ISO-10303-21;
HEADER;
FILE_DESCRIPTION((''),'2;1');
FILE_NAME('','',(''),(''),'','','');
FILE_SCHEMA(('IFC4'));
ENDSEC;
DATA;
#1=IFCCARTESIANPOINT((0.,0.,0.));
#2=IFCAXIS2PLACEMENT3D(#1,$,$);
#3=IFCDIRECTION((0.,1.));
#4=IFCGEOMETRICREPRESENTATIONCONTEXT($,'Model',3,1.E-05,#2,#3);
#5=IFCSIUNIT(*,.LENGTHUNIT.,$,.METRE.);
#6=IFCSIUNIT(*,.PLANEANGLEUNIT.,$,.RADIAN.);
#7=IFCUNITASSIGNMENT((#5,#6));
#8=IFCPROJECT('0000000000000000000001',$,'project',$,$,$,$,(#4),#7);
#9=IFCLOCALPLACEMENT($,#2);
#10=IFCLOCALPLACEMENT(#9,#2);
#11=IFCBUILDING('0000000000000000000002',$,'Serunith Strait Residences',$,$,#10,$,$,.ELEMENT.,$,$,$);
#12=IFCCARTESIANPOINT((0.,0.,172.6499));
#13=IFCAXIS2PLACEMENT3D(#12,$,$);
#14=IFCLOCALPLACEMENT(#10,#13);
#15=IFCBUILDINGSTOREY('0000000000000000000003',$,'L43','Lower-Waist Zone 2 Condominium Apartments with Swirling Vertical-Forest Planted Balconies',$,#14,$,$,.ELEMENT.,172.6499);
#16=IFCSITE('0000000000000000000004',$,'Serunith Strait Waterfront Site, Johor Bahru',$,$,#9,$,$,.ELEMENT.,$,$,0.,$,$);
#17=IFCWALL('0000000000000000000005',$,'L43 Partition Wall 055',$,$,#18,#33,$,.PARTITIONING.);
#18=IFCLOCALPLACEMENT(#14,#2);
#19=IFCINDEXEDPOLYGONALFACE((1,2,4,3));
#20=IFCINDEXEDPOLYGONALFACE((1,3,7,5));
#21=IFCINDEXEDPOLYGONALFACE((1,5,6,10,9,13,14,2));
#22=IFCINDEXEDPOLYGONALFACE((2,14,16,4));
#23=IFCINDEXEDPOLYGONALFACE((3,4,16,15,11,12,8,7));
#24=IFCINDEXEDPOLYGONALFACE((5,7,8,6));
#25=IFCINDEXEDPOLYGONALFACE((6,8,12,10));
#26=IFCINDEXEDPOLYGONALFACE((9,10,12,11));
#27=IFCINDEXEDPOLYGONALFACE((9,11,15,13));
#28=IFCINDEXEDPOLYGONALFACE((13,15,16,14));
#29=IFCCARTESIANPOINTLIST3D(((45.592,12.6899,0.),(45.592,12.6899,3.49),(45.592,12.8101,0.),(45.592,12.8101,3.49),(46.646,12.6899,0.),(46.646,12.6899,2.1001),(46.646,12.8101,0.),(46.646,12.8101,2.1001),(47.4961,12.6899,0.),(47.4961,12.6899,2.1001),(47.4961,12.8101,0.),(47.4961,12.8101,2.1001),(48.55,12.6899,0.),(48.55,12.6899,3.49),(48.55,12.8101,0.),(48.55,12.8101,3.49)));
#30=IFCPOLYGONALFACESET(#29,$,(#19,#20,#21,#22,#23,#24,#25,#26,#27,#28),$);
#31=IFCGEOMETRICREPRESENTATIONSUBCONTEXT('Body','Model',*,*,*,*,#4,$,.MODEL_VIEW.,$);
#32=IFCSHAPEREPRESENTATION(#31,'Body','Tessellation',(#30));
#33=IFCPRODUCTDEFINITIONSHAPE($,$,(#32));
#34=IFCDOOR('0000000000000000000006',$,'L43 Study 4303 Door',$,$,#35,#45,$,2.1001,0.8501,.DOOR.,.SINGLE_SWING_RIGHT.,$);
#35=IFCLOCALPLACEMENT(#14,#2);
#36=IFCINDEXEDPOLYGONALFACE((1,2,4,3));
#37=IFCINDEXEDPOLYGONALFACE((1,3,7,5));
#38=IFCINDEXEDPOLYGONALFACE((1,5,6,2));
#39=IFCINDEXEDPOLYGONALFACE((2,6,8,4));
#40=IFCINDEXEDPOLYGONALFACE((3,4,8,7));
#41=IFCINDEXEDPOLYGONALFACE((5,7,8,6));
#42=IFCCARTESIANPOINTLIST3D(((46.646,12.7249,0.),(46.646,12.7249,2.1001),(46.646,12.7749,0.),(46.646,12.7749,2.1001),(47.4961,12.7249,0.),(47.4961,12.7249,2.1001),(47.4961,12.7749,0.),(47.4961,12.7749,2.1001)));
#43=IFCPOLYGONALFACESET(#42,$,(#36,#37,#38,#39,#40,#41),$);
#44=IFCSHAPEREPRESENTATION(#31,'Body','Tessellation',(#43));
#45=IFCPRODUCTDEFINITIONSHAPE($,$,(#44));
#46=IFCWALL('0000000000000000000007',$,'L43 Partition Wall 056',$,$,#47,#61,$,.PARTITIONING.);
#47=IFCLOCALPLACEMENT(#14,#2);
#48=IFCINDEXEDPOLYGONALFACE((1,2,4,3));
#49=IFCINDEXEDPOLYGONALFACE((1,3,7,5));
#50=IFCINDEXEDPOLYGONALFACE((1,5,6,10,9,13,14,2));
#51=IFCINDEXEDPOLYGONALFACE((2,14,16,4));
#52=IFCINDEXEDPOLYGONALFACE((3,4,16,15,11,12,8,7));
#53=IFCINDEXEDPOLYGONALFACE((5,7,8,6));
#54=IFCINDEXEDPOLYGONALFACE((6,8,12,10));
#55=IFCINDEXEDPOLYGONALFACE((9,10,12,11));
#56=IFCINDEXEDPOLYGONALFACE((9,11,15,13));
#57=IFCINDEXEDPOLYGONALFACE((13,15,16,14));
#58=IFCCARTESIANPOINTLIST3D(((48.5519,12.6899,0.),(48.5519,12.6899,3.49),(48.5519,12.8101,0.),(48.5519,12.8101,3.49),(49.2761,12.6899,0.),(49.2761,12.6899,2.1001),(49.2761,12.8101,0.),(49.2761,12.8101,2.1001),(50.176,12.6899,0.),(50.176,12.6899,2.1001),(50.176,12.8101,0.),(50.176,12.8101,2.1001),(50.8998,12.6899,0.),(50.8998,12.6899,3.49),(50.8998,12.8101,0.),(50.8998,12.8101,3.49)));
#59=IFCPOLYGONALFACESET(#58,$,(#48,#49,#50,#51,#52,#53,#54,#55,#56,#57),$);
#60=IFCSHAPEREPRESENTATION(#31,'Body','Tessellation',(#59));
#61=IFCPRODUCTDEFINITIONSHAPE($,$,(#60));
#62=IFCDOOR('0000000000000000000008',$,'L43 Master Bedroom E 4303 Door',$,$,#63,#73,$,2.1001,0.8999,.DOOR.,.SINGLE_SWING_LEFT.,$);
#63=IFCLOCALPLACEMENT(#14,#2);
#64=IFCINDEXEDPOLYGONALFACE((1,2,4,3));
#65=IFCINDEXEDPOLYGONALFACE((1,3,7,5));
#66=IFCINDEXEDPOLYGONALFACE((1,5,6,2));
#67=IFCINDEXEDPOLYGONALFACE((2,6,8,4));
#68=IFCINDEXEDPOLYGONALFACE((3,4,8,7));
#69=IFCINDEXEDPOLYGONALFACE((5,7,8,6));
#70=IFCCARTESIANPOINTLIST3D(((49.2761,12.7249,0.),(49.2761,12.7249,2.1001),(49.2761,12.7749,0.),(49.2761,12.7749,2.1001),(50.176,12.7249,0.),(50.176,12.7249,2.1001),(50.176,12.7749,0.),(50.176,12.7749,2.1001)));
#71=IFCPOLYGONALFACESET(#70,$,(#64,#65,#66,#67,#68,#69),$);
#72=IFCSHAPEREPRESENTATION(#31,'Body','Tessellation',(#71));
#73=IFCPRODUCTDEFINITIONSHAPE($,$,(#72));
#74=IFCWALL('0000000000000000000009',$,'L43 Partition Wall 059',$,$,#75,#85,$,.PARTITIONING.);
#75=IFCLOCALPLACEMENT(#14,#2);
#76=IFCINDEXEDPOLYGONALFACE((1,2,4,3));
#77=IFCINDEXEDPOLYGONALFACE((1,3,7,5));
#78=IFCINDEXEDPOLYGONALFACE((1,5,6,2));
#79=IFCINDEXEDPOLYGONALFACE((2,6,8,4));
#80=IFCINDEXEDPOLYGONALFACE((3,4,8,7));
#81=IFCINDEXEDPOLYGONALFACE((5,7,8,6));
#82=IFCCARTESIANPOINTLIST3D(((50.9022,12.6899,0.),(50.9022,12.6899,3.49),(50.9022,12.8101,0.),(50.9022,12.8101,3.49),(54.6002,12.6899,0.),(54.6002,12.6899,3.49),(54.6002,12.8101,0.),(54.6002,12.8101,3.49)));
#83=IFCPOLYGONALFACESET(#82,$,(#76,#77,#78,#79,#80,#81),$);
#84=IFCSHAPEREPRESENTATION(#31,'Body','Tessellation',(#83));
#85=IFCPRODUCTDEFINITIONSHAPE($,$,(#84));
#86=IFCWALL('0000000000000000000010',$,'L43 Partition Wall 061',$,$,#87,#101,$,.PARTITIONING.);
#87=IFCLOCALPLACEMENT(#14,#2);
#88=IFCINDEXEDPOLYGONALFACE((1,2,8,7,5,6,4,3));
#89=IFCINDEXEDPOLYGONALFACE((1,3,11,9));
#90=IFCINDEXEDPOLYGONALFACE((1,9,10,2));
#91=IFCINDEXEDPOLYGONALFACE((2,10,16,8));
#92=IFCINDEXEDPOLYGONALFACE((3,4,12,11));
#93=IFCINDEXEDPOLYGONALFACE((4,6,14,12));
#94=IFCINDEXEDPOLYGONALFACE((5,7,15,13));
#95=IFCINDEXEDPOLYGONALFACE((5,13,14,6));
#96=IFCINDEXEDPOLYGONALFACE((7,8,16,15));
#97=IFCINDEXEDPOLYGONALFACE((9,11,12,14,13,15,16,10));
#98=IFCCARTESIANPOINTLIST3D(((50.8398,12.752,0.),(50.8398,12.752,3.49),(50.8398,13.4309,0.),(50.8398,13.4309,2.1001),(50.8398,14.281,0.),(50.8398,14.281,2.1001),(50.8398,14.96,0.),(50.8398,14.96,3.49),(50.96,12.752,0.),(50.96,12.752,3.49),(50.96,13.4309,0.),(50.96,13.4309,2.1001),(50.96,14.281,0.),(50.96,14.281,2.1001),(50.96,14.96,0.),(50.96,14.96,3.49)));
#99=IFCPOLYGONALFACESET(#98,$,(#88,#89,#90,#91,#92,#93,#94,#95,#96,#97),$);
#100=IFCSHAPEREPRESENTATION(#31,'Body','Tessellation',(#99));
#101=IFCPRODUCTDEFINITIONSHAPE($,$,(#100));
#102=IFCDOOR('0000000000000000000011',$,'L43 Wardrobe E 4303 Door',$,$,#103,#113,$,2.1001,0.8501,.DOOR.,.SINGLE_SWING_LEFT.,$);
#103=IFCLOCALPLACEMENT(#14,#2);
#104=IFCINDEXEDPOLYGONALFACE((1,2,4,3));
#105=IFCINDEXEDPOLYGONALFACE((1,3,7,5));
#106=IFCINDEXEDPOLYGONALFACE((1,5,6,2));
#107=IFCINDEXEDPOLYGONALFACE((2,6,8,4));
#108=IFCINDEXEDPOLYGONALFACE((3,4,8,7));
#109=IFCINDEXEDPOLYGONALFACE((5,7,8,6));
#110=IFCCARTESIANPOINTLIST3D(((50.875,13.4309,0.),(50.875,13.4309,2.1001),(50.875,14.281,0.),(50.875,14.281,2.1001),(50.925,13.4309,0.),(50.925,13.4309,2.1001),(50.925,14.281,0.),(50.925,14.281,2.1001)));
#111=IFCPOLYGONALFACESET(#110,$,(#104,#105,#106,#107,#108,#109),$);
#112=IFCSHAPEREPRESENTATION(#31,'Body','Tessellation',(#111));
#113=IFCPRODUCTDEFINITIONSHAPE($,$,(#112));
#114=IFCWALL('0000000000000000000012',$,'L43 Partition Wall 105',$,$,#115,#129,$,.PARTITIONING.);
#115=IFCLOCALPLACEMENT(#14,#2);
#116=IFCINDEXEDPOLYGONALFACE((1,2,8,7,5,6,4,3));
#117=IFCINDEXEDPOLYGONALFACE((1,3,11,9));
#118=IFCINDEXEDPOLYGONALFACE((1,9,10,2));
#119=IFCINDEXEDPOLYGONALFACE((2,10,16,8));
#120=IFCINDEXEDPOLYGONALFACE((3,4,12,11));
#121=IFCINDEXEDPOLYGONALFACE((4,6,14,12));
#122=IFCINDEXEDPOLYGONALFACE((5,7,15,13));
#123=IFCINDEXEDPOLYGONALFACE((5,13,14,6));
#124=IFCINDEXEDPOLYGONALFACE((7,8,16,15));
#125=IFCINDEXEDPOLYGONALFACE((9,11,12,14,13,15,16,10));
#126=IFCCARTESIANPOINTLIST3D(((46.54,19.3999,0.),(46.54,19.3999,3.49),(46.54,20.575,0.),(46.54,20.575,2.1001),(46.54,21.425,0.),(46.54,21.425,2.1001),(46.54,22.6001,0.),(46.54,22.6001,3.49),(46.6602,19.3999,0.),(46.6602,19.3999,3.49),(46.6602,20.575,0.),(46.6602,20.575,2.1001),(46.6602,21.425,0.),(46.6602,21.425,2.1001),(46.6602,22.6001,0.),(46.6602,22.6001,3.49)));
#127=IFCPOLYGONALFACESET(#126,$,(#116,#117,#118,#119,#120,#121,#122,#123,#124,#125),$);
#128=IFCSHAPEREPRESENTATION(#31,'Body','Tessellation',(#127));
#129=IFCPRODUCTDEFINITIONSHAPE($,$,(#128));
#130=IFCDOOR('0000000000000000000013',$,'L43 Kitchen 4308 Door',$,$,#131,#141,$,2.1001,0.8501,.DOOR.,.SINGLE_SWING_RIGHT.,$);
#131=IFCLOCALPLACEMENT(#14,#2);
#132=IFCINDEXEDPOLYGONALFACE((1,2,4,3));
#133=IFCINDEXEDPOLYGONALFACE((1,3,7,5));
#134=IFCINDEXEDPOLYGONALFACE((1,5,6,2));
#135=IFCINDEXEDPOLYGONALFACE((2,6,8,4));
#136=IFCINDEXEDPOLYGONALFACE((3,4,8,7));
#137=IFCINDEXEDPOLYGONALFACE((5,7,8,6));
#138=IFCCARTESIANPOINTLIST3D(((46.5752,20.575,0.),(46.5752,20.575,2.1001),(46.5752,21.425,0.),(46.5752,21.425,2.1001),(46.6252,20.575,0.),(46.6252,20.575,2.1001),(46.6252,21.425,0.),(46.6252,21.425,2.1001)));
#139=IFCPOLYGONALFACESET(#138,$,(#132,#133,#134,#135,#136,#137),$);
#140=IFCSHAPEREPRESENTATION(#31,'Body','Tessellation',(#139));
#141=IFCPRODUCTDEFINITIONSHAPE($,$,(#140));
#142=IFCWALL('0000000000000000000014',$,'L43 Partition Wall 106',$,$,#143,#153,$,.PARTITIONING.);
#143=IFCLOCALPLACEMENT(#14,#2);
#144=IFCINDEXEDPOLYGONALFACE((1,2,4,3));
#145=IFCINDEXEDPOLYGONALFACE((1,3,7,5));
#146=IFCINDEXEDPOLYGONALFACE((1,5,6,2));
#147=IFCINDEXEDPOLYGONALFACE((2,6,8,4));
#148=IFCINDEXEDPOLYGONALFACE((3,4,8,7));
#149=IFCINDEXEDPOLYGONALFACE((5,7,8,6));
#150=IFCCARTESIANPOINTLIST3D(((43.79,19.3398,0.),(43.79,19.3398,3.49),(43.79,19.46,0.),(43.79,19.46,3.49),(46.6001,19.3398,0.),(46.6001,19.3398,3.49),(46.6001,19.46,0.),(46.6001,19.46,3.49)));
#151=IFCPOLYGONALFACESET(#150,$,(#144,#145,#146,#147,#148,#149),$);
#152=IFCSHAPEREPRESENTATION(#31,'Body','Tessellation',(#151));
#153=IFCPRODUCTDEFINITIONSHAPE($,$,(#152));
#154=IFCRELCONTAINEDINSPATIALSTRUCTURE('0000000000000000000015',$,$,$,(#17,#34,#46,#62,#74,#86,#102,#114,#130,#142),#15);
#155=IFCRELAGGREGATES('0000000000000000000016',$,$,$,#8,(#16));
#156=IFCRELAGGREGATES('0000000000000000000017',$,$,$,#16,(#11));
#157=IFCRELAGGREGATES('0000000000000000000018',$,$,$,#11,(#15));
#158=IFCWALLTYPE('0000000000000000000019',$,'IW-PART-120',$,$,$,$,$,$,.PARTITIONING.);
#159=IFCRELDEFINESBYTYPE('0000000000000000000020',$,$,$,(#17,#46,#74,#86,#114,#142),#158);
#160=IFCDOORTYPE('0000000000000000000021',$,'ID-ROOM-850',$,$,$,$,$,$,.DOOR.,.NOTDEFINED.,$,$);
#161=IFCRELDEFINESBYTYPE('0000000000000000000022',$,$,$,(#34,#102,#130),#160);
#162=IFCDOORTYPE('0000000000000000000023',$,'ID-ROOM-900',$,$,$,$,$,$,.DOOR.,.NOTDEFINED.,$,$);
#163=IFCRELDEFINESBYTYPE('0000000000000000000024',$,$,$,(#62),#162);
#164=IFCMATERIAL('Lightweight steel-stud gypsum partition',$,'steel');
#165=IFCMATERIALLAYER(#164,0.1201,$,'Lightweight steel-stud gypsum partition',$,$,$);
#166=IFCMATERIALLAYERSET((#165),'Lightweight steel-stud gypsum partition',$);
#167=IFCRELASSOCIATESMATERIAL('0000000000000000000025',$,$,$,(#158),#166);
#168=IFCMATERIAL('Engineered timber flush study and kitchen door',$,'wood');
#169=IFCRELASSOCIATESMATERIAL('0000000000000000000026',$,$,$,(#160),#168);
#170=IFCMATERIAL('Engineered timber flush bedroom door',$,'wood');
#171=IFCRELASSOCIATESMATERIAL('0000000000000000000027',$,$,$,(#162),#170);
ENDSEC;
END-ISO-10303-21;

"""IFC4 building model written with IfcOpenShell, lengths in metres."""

from ifc_helpers import new_model, si_unit, direction, frame, frame_2d, origin, place, context, subcontext, project, spatial, rectangle, extrude, source, transform, mapped, material, layer, layer_set, type_object, element, fill, save


model = new_model("IFC4")

# Units and contexts
model_context = context("Model", 3, precision=1e-05, world=origin(), true_north=direction((0.0, 1.0)))
body_context = subcontext(model_context, "Body", "Model", "MODEL_VIEW")
ifc_project = project(units=[si_unit("LENGTHUNIT", "METRE"), si_unit("PLANEANGLEUNIT", "RADIAN")], contexts=[model_context])

# Site, building, storey
site_placement = place(None, origin())
site = spatial("IfcSite", under=ifc_project, at=site_placement, Name="Serunith Strait Waterfront Site, Johor Bahru", CompositionType="ELEMENT", RefElevation=0.0)
building_placement = place(site_placement, origin())
building = spatial("IfcBuilding", under=site, at=building_placement, Name="Serunith Strait Residences", CompositionType="ELEMENT")
storey_placement = place(building_placement, frame((0.0, 0.0, 172.6499)))
storey = spatial("IfcBuildingStorey", under=building, at=storey_placement, Name="L43", Description="Lower-Waist Zone 2 Condominium Apartments with Swirling Vertical-Forest Planted Balconies", CompositionType="ELEMENT", Elevation=172.6499)

# Walls, openings, doors
ifc_material_1 = material(Name="Lightweight steel-stud gypsum partition", Category="steel")
ifc_layer_1 = layer(ifc_material_1, 0.1201, Name="Lightweight steel-stud gypsum partition")
ifc_layer_set_1 = layer_set([ifc_layer_1], Name="Lightweight steel-stud gypsum partition")
wall_type_1 = type_object("IfcWallType", Name="IW-PART-120", PredefinedType="PARTITIONING", material=ifc_layer_set_1)
wall_1_placement = place(storey_placement, frame((45.592, 12.75, 0.0), z_axis=(0.0, 0.0, 1.0), x_axis=(1.0, 0.0, 0.0)))
wall_1 = element("IfcWall", 1, at=wall_1_placement, inside=storey, type_object=wall_type_1, Name="L43 Partition Wall 055", PredefinedType="PARTITIONING", context=body_context, shape_type="SweptSolid", body=[
    extrude(rectangle(XDim=2.958, YDim=0.1201, at=frame_2d((1.479, 0.0))), origin(), (0.0, 0.0, 1.0), 3.49),
])
opening_1_placement = place(wall_1_placement, frame((1.054, 0.0, 0.0)))
opening_1 = element("IfcOpeningElement", 2, at=opening_1_placement, cuts=wall_1, PredefinedType="OPENING", context=body_context, shape_type="SweptSolid", body=[
    extrude(rectangle(XDim=0.8501, YDim=2.1001, at=frame_2d((0.425, 1.05))), frame((0.0, 0.0701, 0.0), z_axis=(0.0, -1.0, 0.0), x_axis=(1.0, 0.0, 0.0)), (0.0, 0.0, 1.0), 0.1401),
])
ifc_material_2 = material(Name="Engineered timber flush study and kitchen door", Category="wood")
door_type_1 = type_object("IfcDoorType", Name="ID-ROOM-850", OperationType="NOTDEFINED", PredefinedType="DOOR", material=ifc_material_2)
shared_shape_1 = source(origin(), body_context, "Body", "SweptSolid", [
    extrude(rectangle(XDim=0.8501, YDim=2.1001, at=frame_2d((0.425, 1.05))), frame((0.0, 0.0249, 0.0), z_axis=(0.0, -1.0, 0.0), x_axis=(1.0, 0.0, 0.0)), (0.0, 0.0, 1.0), 0.05),
])
door_1_placement = place(opening_1_placement, origin())
door_1 = element("IfcDoor", 3, at=door_1_placement, inside=storey, type_object=door_type_1, Name="L43 Study 4303 Door", OperationType="SINGLE_SWING_RIGHT", OverallHeight=2.1001, OverallWidth=0.8501, PredefinedType="DOOR", context=body_context, shape_type="MappedRepresentation", body=[
    mapped(shared_shape_1, transform((0.0, 0.0, 0.0), scale=1.0)),
])
fill(opening_1, door_1)
wall_2_placement = place(storey_placement, frame((48.552, 12.75, 0.0), z_axis=(0.0, 0.0, 1.0), x_axis=(1.0, 0.0, 0.0)))
wall_2 = element("IfcWall", 4, at=wall_2_placement, inside=storey, type_object=wall_type_1, Name="L43 Partition Wall 056", PredefinedType="PARTITIONING", context=body_context, shape_type="SweptSolid", body=[
    extrude(rectangle(XDim=2.3479, YDim=0.1201, at=frame_2d((1.1738, 0.0))), origin(), (0.0, 0.0, 1.0), 3.49),
])
opening_2_placement = place(wall_2_placement, frame((0.7241, 0.0, 0.0)))
opening_2 = element("IfcOpeningElement", 5, at=opening_2_placement, cuts=wall_2, PredefinedType="OPENING", context=body_context, shape_type="SweptSolid", body=[
    extrude(rectangle(XDim=0.8999, YDim=2.1001, at=frame_2d((0.45, 1.05))), frame((0.0, 0.0701, 0.0), z_axis=(0.0, -1.0, 0.0), x_axis=(1.0, 0.0, 0.0)), (0.0, 0.0, 1.0), 0.1401),
])
ifc_material_3 = material(Name="Engineered timber flush bedroom door", Category="wood")
door_type_2 = type_object("IfcDoorType", Name="ID-ROOM-900", OperationType="NOTDEFINED", PredefinedType="DOOR", material=ifc_material_3)
shared_shape_2 = source(origin(), body_context, "Body", "SweptSolid", [
    extrude(rectangle(XDim=0.8999, YDim=2.1001, at=frame_2d((0.45, 1.05))), frame((0.0, 0.0249, 0.0), z_axis=(0.0, -1.0, 0.0), x_axis=(1.0, 0.0, 0.0)), (0.0, 0.0, 1.0), 0.05),
])
door_2_placement = place(opening_2_placement, origin())
door_2 = element("IfcDoor", 6, at=door_2_placement, inside=storey, type_object=door_type_2, Name="L43 Master Bedroom E 4303 Door", OperationType="SINGLE_SWING_LEFT", OverallHeight=2.1001, OverallWidth=0.8999, PredefinedType="DOOR", context=body_context, shape_type="MappedRepresentation", body=[
    mapped(shared_shape_2, transform((0.0, 0.0, 0.0), scale=1.0)),
])
fill(opening_2, door_2)

# Wall
wall_3_placement = place(storey_placement, frame((50.9021, 12.75, 0.0), z_axis=(0.0, 0.0, 1.0), x_axis=(1.0, 0.0, 0.0)))
element("IfcWall", 7, at=wall_3_placement, inside=storey, type_object=wall_type_1, Name="L43 Partition Wall 059", PredefinedType="PARTITIONING", context=body_context, shape_type="SweptSolid", body=[
    extrude(rectangle(XDim=3.698, YDim=0.1201, at=frame_2d((1.8491, 0.0))), origin(), (0.0, 0.0, 1.0), 3.49),
])

# Walls, openings, doors
wall_4_placement = place(storey_placement, frame((50.8999, 12.752, 0.0), z_axis=(0.0, 0.0, 1.0), x_axis=(0.0, 1.0, 0.0)))
wall_4 = element("IfcWall", 8, at=wall_4_placement, inside=storey, type_object=wall_type_1, Name="L43 Partition Wall 061", PredefinedType="PARTITIONING", context=body_context, shape_type="SweptSolid", body=[
    extrude(rectangle(XDim=2.208, YDim=0.1201, at=frame_2d((1.104, 0.0))), origin(), (0.0, 0.0, 1.0), 3.49),
])
opening_3_placement = place(wall_4_placement, frame((0.679, 0.0, 0.0)))
opening_3 = element("IfcOpeningElement", 9, at=opening_3_placement, cuts=wall_4, PredefinedType="OPENING", context=body_context, shape_type="SweptSolid", body=[
    extrude(rectangle(XDim=0.8501, YDim=2.1001, at=frame_2d((0.425, 1.05))), frame((0.0, 0.0701, 0.0), z_axis=(0.0, -1.0, 0.0), x_axis=(1.0, 0.0, 0.0)), (0.0, 0.0, 1.0), 0.1401),
])
door_3_placement = place(opening_3_placement, origin())
door_3 = element("IfcDoor", 10, at=door_3_placement, inside=storey, type_object=door_type_1, Name="L43 Wardrobe E 4303 Door", OperationType="SINGLE_SWING_LEFT", OverallHeight=2.1001, OverallWidth=0.8501, PredefinedType="DOOR", context=body_context, shape_type="MappedRepresentation", body=[
    mapped(shared_shape_1, transform((0.0, 0.0, 0.0), scale=1.0)),
])
fill(opening_3, door_3)
wall_5_placement = place(storey_placement, frame((46.6001, 19.3999, 0.0), z_axis=(0.0, 0.0, 1.0), x_axis=(0.0, 1.0, 0.0)))
wall_5 = element("IfcWall", 11, at=wall_5_placement, inside=storey, type_object=wall_type_1, Name="L43 Partition Wall 105", PredefinedType="PARTITIONING", context=body_context, shape_type="SweptSolid", body=[
    extrude(rectangle(XDim=3.2002, YDim=0.1201, at=frame_2d((1.6001, 0.0))), origin(), (0.0, 0.0, 1.0), 3.49),
])
opening_4_placement = place(wall_5_placement, frame((1.175, 0.0, 0.0)))
opening_4 = element("IfcOpeningElement", 12, at=opening_4_placement, cuts=wall_5, PredefinedType="OPENING", context=body_context, shape_type="SweptSolid", body=[
    extrude(rectangle(XDim=0.8501, YDim=2.1001, at=frame_2d((0.425, 1.05))), frame((0.0, 0.0701, 0.0), z_axis=(0.0, -1.0, 0.0), x_axis=(1.0, 0.0, 0.0)), (0.0, 0.0, 1.0), 0.1401),
])
door_4_placement = place(opening_4_placement, origin())
door_4 = element("IfcDoor", 13, at=door_4_placement, inside=storey, type_object=door_type_1, Name="L43 Kitchen 4308 Door", OperationType="SINGLE_SWING_RIGHT", OverallHeight=2.1001, OverallWidth=0.8501, PredefinedType="DOOR", context=body_context, shape_type="MappedRepresentation", body=[
    mapped(shared_shape_1, transform((0.0, 0.0, 0.0), scale=1.0)),
])
fill(opening_4, door_4)

# Wall
wall_6_placement = place(storey_placement, frame((46.6001, 19.3999, 0.0), z_axis=(0.0, 0.0, 1.0), x_axis=(-1.0, 0.0, 0.0)))
element("IfcWall", 14, at=wall_6_placement, inside=storey, type_object=wall_type_1, Name="L43 Partition Wall 106", PredefinedType="PARTITIONING", context=body_context, shape_type="SweptSolid", body=[
    extrude(rectangle(XDim=2.8101, YDim=0.1201, at=frame_2d((1.405, 0.0))), origin(), (0.0, 0.0, 1.0), 3.49),
])

save(model, "model.ifc")
